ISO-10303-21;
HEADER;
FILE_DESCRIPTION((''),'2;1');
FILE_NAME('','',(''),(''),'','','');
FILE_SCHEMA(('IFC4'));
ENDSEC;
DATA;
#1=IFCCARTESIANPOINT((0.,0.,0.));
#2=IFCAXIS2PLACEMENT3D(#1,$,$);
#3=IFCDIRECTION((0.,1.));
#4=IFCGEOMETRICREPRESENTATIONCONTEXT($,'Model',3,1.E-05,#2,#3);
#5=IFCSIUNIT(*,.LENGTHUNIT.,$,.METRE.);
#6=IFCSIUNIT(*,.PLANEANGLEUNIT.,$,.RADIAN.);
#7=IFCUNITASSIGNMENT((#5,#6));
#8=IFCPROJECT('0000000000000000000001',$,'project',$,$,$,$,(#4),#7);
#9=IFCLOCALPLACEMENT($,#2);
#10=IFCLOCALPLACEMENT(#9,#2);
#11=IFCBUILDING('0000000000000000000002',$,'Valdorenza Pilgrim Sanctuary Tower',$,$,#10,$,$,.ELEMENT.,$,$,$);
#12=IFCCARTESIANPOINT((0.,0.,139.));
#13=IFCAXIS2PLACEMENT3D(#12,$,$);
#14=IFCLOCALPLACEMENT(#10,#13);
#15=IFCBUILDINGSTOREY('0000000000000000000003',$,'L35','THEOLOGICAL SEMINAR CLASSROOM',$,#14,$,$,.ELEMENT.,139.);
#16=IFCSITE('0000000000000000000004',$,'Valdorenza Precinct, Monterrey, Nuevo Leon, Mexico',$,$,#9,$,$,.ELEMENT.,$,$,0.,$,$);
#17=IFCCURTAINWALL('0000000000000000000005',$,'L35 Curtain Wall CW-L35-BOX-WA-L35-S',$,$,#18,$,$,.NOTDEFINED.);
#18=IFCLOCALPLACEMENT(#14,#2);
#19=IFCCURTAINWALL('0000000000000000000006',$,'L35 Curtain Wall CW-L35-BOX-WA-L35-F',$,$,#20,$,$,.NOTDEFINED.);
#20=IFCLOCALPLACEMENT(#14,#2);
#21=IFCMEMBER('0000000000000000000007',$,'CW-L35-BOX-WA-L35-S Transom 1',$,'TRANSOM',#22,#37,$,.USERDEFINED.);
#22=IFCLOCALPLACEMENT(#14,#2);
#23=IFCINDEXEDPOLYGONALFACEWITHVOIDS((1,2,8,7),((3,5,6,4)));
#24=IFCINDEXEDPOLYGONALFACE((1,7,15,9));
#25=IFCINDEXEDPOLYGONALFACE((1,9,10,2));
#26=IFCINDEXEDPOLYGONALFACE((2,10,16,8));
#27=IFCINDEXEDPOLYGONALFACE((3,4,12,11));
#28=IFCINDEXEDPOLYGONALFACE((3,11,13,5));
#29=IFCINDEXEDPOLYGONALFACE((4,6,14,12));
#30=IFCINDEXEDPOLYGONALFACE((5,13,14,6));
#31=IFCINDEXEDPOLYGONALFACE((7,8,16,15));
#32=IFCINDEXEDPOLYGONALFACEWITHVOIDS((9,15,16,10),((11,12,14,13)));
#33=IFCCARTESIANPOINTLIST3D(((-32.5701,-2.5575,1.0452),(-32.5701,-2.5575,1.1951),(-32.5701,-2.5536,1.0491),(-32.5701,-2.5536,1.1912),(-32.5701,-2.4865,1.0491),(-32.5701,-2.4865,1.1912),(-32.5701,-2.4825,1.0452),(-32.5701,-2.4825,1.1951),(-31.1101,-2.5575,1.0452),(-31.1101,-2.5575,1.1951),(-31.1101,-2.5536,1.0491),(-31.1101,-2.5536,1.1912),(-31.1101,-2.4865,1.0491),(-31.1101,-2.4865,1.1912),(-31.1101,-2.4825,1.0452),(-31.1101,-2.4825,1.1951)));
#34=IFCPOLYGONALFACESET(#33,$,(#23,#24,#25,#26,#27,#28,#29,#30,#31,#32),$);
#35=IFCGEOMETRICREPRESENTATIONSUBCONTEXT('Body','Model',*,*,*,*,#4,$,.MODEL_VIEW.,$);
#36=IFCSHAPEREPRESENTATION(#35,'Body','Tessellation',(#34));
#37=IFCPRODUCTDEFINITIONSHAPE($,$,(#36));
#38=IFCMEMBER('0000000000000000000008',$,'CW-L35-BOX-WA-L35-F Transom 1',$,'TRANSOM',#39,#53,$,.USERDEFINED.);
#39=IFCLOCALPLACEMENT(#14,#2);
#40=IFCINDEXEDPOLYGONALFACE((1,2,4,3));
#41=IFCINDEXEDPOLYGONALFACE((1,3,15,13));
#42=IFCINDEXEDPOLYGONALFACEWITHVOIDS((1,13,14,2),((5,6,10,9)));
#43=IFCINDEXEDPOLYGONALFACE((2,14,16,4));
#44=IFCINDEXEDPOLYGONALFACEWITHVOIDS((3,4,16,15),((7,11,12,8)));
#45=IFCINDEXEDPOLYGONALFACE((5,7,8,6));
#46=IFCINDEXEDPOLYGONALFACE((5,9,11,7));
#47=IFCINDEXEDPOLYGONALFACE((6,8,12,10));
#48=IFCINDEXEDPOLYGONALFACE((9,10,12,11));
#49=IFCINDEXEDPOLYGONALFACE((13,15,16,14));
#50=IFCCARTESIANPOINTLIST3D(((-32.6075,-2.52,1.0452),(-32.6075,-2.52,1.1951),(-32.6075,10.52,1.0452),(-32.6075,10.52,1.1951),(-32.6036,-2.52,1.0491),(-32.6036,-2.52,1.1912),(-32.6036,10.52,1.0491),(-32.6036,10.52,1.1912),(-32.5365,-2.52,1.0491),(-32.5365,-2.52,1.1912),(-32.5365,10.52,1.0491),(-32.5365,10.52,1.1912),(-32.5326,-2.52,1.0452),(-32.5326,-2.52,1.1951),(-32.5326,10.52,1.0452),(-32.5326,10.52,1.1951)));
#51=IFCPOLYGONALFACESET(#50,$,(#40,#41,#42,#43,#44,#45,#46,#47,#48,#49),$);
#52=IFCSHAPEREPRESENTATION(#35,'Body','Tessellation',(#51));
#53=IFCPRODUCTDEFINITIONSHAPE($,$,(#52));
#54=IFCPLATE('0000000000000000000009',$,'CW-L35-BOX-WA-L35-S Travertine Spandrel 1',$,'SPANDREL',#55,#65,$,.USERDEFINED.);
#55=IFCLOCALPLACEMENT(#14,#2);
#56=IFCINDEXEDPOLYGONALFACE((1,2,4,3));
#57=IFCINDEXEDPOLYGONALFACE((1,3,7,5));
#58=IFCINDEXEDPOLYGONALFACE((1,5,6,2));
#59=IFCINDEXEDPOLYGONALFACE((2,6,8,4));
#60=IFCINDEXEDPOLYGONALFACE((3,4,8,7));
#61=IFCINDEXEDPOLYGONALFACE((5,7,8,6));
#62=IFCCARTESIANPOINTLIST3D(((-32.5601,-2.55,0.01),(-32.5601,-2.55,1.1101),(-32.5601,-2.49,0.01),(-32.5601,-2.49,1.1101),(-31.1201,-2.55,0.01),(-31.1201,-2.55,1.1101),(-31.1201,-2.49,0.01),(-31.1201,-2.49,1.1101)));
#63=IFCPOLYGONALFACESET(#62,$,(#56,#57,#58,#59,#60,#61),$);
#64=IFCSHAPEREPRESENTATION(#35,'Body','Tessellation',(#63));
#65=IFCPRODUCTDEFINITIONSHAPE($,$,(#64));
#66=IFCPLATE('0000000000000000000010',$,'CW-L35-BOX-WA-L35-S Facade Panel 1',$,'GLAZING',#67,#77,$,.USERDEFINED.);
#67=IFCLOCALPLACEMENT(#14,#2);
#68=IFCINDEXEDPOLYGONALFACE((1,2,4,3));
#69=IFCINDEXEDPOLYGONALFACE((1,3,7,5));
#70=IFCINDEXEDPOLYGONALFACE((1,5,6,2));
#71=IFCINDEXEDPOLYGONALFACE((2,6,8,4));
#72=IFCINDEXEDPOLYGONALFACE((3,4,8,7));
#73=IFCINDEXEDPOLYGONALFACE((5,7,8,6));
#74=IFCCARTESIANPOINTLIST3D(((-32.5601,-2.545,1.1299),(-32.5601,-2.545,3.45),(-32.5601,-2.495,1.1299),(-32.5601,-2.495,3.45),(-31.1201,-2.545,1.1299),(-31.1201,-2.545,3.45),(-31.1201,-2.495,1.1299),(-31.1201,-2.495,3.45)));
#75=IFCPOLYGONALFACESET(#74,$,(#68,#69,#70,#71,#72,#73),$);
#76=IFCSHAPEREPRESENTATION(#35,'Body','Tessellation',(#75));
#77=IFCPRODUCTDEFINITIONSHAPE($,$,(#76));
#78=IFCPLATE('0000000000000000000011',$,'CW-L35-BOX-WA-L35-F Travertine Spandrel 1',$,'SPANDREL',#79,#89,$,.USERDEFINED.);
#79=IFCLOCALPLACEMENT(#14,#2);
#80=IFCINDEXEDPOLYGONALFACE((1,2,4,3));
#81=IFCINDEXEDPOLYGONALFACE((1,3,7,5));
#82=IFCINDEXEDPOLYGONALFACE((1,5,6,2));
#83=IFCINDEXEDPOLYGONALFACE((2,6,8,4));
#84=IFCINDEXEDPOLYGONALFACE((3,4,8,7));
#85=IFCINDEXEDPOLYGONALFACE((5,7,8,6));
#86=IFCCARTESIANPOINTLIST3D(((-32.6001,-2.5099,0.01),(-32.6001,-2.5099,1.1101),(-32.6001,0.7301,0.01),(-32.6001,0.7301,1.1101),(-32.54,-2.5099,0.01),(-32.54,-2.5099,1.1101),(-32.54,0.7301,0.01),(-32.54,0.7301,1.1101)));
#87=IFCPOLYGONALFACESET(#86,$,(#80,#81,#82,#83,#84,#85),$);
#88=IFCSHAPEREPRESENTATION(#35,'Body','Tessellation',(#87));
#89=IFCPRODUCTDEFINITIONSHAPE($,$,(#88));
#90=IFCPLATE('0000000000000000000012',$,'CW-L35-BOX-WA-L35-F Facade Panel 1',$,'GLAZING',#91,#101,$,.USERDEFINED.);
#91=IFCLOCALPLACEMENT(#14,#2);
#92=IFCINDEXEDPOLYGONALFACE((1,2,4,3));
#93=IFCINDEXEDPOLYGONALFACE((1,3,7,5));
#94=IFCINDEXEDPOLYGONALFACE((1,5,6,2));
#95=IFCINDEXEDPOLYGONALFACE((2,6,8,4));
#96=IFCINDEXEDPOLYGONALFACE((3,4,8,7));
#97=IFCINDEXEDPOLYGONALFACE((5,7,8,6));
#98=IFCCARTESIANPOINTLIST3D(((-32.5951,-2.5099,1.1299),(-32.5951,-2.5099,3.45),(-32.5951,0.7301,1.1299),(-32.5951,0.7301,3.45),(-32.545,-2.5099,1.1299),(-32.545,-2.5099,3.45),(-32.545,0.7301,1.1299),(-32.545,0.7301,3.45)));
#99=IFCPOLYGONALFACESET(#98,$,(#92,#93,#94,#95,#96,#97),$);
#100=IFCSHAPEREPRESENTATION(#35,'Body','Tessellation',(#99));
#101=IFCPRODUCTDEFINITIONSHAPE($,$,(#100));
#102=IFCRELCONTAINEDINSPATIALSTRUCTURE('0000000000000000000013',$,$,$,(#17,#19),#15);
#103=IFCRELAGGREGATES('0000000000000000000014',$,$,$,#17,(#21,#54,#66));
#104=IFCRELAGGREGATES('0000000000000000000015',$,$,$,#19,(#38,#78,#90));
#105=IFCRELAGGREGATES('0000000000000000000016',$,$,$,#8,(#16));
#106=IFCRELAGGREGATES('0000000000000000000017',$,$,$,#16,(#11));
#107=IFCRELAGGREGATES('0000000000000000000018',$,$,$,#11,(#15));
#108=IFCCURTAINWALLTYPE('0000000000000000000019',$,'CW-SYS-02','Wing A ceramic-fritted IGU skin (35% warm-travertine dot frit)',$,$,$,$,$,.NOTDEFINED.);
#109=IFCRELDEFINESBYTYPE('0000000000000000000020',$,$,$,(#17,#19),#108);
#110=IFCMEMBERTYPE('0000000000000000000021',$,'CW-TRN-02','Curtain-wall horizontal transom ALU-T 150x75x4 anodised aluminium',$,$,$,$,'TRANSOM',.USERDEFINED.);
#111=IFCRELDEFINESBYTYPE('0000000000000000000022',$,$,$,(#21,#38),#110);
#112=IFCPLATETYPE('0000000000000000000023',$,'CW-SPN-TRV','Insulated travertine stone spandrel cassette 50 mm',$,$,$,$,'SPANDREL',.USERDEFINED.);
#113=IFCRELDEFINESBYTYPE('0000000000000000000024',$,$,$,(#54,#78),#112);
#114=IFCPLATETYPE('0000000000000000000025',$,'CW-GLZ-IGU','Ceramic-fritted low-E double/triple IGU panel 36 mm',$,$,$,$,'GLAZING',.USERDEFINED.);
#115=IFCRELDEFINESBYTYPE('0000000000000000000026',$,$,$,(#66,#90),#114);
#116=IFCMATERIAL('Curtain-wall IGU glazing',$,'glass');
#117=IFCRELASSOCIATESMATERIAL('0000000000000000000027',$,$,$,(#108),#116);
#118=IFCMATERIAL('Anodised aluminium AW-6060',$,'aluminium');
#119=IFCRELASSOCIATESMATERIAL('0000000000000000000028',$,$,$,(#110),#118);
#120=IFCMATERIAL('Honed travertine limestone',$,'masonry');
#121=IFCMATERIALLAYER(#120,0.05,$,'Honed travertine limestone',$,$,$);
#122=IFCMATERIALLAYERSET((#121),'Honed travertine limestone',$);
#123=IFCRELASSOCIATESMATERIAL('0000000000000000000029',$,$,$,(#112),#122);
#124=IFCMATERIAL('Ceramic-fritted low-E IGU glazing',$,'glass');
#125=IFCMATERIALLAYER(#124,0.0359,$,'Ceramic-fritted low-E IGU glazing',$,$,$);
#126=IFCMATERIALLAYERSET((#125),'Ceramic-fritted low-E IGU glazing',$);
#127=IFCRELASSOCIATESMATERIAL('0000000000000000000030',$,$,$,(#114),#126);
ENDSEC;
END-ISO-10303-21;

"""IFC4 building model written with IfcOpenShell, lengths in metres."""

from ifc_helpers import new_model, si_unit, direction, frame, origin, origin_2d, place, context, subcontext, project, spatial, rectangle, hollow_rectangle, extrude, source, transform, mapped, material, layer, layer_set, material_profile, profile_set, type_object, element, aggregate, save


model = new_model("IFC4")

# Units and contexts
model_context = context("Model", 3, precision=1e-05, world=origin(), true_north=direction((0.0, 1.0)))
body_context = subcontext(model_context, "Body", "Model", "MODEL_VIEW")
ifc_project = project(units=[si_unit("LENGTHUNIT", "METRE"), si_unit("PLANEANGLEUNIT", "RADIAN")], contexts=[model_context])

# Site, building, storey
site_placement = place(None, origin())
site = spatial("IfcSite", under=ifc_project, at=site_placement, Name="Valdorenza Precinct, Monterrey, Nuevo Leon, Mexico", CompositionType="ELEMENT", RefElevation=0.0)
building_placement = place(site_placement, origin())
building = spatial("IfcBuilding", under=site, at=building_placement, Name="Valdorenza Pilgrim Sanctuary Tower", CompositionType="ELEMENT")
storey_placement = place(building_placement, frame((0.0, 0.0, 139.0)))
storey = spatial("IfcBuildingStorey", under=building, at=storey_placement, Name="L35", Description="THEOLOGICAL SEMINAR CLASSROOM", CompositionType="ELEMENT", Elevation=139.0)

# Curtain wall
ifc_material_1 = material(Name="Curtain-wall IGU glazing", Category="glass")
curtain_wall_type = type_object("IfcCurtainWallType", Name="CW-SYS-02", Description="Wing A ceramic-fritted IGU skin (35% warm-travertine dot frit)", PredefinedType="NOTDEFINED", material=ifc_material_1)
curtain_wall_1_placement = place(storey_placement, origin())
curtain_wall_1 = element("IfcCurtainWall", 1, at=curtain_wall_1_placement, inside=storey, type_object=curtain_wall_type, Name="L35 Curtain Wall CW-L35-BOX-WA-L35-S", PredefinedType="NOTDEFINED")
ifc_material_2 = material(Name="Anodised aluminium AW-6060", Category="aluminium")

# Curtain wall
curtain_wall_2_placement = place(storey_placement, origin())
curtain_wall_2 = element("IfcCurtainWall", 2, at=curtain_wall_2_placement, inside=storey, type_object=curtain_wall_type, Name="L35 Curtain Wall CW-L35-BOX-WA-L35-F", PredefinedType="NOTDEFINED")

# Members
ifc_material_profile_1 = material_profile(ifc_material_2, hollow_rectangle(XDim=0.075, YDim=0.1499, WallThickness=0.0039, at=origin_2d()), Name="ALU-T 150x75x4")
ifc_profile_set_1 = profile_set([ifc_material_profile_1], Name="Anodised aluminium AW-6060")
member_type_1 = type_object("IfcMemberType", Name="CW-TRN-02", Description="Curtain-wall horizontal transom ALU-T 150x75x4 anodised aluminium", ElementType="TRANSOM", PredefinedType="USERDEFINED", material=ifc_profile_set_1)
shared_shape_1 = source(origin(), body_context, "Body", "SweptSolid", [
    extrude(hollow_rectangle(XDim=0.075, YDim=0.1499, WallThickness=0.0039, at=origin_2d()), origin(), (0.0, 0.0, 1.0), 1.46),
])
member_1_placement = place(storey_placement, frame((-31.1101, -2.52, 1.1201), z_axis=(-1.0, 0.0, 0.0), x_axis=(0.0, -1.0, 0.0)))
member_1 = element("IfcMember", 3, at=member_1_placement, type_object=member_type_1, Name="CW-L35-BOX-WA-L35-S Transom 1", ObjectType="TRANSOM", PredefinedType="USERDEFINED", context=body_context, shape_type="MappedRepresentation", body=[
    mapped(shared_shape_1, transform((0.0, 0.0, 0.0), x_axis=(1.0, 0.0, 0.0), y_axis=(0.0, 1.0, 0.0), z_axis=(0.0, 0.0, 1.0), scale=1.0)),
])
shared_shape_2 = source(origin(), body_context, "Body", "SweptSolid", [
    extrude(hollow_rectangle(XDim=0.075, YDim=0.1499, WallThickness=0.0039, at=origin_2d()), origin(), (0.0, 0.0, 1.0), 13.04),
])
member_2_placement = place(storey_placement, frame((-32.5701, -2.52, 1.1201), z_axis=(0.0, 1.0, 0.0), x_axis=(-1.0, 0.0, 0.0)))
member_2 = element("IfcMember", 4, at=member_2_placement, type_object=member_type_1, Name="CW-L35-BOX-WA-L35-F Transom 1", ObjectType="TRANSOM", PredefinedType="USERDEFINED", context=body_context, shape_type="MappedRepresentation", body=[
    mapped(shared_shape_2, transform((0.0, 0.0, 0.0), x_axis=(1.0, 0.0, 0.0), y_axis=(0.0, 1.0, 0.0), z_axis=(0.0, 0.0, 1.0), scale=1.0)),
])

# Plates
ifc_material_3 = material(Name="Honed travertine limestone", Category="masonry")
ifc_layer_1 = layer(ifc_material_3, 0.05, Name="Honed travertine limestone")
ifc_layer_set_1 = layer_set([ifc_layer_1], Name="Honed travertine limestone")
plate_type_1 = type_object("IfcPlateType", Name="CW-SPN-TRV", Description="Insulated travertine stone spandrel cassette 50 mm", ElementType="SPANDREL", PredefinedType="USERDEFINED", material=ifc_layer_set_1)
shared_shape_3 = source(origin(), body_context, "Body", "SweptSolid", [
    extrude(rectangle(XDim=1.4399, YDim=0.0601, at=origin_2d()), origin(), (0.0, 0.0, 1.0), 1.1001),
])
plate_1_placement = place(storey_placement, frame((-31.8401, -2.52, 0.01), z_axis=(0.0, 0.0, 1.0), x_axis=(-1.0, 0.0, 0.0)))
plate_1 = element("IfcPlate", 5, at=plate_1_placement, type_object=plate_type_1, Name="CW-L35-BOX-WA-L35-S Travertine Spandrel 1", ObjectType="SPANDREL", PredefinedType="USERDEFINED", context=body_context, shape_type="MappedRepresentation", body=[
    mapped(shared_shape_3, transform((0.0, 0.0, 0.0), x_axis=(1.0, 0.0, 0.0), y_axis=(0.0, 1.0, 0.0), z_axis=(0.0, 0.0, 1.0), scale=1.0)),
])
ifc_material_4 = material(Name="Ceramic-fritted low-E IGU glazing", Category="glass")
ifc_layer_2 = layer(ifc_material_4, 0.0359, Name="Ceramic-fritted low-E IGU glazing")
ifc_layer_set_2 = layer_set([ifc_layer_2], Name="Ceramic-fritted low-E IGU glazing")
plate_type_2 = type_object("IfcPlateType", Name="CW-GLZ-IGU", Description="Ceramic-fritted low-E double/triple IGU panel 36 mm", ElementType="GLAZING", PredefinedType="USERDEFINED", material=ifc_layer_set_2)
shared_shape_4 = source(origin(), body_context, "Body", "SweptSolid", [
    extrude(rectangle(XDim=1.4399, YDim=0.05, at=origin_2d()), origin(), (0.0, 0.0, 1.0), 2.3201),
])
plate_2_placement = place(storey_placement, frame((-31.8401, -2.52, 1.1299), z_axis=(0.0, 0.0, 1.0), x_axis=(-1.0, 0.0, 0.0)))
plate_2 = element("IfcPlate", 6, at=plate_2_placement, type_object=plate_type_2, Name="CW-L35-BOX-WA-L35-S Facade Panel 1", ObjectType="GLAZING", PredefinedType="USERDEFINED", context=body_context, shape_type="MappedRepresentation", body=[
    mapped(shared_shape_4, transform((0.0, 0.0, 0.0), x_axis=(1.0, 0.0, 0.0), y_axis=(0.0, 1.0, 0.0), z_axis=(0.0, 0.0, 1.0), scale=1.0)),
])
aggregate(curtain_wall_1, [member_1, plate_1, plate_2])
shared_shape_5 = source(origin(), body_context, "Body", "SweptSolid", [
    extrude(rectangle(XDim=3.24, YDim=0.0601, at=origin_2d()), origin(), (0.0, 0.0, 1.0), 1.1001),
])
plate_3_placement = place(storey_placement, frame((-32.5701, -0.8899, 0.01), z_axis=(0.0, 0.0, 1.0), x_axis=(0.0, 1.0, 0.0)))
plate_3 = element("IfcPlate", 7, at=plate_3_placement, type_object=plate_type_1, Name="CW-L35-BOX-WA-L35-F Travertine Spandrel 1", ObjectType="SPANDREL", PredefinedType="USERDEFINED", context=body_context, shape_type="MappedRepresentation", body=[
    mapped(shared_shape_5, transform((0.0, 0.0, 0.0), x_axis=(1.0, 0.0, 0.0), y_axis=(0.0, 1.0, 0.0), z_axis=(0.0, 0.0, 1.0), scale=1.0)),
])
shared_shape_6 = source(origin(), body_context, "Body", "SweptSolid", [
    extrude(rectangle(XDim=3.24, YDim=0.05, at=origin_2d()), origin(), (0.0, 0.0, 1.0), 2.3201),
])
plate_4_placement = place(storey_placement, frame((-32.5701, -0.8899, 1.1299), z_axis=(0.0, 0.0, 1.0), x_axis=(0.0, 1.0, 0.0)))
plate_4 = element("IfcPlate", 8, at=plate_4_placement, type_object=plate_type_2, Name="CW-L35-BOX-WA-L35-F Facade Panel 1", ObjectType="GLAZING", PredefinedType="USERDEFINED", context=body_context, shape_type="MappedRepresentation", body=[
    mapped(shared_shape_6, transform((0.0, 0.0, 0.0), x_axis=(1.0, 0.0, 0.0), y_axis=(0.0, 1.0, 0.0), z_axis=(0.0, 0.0, 1.0), scale=1.0)),
])
aggregate(curtain_wall_2, [member_2, plate_3, plate_4])

save(model, "model.ifc")
